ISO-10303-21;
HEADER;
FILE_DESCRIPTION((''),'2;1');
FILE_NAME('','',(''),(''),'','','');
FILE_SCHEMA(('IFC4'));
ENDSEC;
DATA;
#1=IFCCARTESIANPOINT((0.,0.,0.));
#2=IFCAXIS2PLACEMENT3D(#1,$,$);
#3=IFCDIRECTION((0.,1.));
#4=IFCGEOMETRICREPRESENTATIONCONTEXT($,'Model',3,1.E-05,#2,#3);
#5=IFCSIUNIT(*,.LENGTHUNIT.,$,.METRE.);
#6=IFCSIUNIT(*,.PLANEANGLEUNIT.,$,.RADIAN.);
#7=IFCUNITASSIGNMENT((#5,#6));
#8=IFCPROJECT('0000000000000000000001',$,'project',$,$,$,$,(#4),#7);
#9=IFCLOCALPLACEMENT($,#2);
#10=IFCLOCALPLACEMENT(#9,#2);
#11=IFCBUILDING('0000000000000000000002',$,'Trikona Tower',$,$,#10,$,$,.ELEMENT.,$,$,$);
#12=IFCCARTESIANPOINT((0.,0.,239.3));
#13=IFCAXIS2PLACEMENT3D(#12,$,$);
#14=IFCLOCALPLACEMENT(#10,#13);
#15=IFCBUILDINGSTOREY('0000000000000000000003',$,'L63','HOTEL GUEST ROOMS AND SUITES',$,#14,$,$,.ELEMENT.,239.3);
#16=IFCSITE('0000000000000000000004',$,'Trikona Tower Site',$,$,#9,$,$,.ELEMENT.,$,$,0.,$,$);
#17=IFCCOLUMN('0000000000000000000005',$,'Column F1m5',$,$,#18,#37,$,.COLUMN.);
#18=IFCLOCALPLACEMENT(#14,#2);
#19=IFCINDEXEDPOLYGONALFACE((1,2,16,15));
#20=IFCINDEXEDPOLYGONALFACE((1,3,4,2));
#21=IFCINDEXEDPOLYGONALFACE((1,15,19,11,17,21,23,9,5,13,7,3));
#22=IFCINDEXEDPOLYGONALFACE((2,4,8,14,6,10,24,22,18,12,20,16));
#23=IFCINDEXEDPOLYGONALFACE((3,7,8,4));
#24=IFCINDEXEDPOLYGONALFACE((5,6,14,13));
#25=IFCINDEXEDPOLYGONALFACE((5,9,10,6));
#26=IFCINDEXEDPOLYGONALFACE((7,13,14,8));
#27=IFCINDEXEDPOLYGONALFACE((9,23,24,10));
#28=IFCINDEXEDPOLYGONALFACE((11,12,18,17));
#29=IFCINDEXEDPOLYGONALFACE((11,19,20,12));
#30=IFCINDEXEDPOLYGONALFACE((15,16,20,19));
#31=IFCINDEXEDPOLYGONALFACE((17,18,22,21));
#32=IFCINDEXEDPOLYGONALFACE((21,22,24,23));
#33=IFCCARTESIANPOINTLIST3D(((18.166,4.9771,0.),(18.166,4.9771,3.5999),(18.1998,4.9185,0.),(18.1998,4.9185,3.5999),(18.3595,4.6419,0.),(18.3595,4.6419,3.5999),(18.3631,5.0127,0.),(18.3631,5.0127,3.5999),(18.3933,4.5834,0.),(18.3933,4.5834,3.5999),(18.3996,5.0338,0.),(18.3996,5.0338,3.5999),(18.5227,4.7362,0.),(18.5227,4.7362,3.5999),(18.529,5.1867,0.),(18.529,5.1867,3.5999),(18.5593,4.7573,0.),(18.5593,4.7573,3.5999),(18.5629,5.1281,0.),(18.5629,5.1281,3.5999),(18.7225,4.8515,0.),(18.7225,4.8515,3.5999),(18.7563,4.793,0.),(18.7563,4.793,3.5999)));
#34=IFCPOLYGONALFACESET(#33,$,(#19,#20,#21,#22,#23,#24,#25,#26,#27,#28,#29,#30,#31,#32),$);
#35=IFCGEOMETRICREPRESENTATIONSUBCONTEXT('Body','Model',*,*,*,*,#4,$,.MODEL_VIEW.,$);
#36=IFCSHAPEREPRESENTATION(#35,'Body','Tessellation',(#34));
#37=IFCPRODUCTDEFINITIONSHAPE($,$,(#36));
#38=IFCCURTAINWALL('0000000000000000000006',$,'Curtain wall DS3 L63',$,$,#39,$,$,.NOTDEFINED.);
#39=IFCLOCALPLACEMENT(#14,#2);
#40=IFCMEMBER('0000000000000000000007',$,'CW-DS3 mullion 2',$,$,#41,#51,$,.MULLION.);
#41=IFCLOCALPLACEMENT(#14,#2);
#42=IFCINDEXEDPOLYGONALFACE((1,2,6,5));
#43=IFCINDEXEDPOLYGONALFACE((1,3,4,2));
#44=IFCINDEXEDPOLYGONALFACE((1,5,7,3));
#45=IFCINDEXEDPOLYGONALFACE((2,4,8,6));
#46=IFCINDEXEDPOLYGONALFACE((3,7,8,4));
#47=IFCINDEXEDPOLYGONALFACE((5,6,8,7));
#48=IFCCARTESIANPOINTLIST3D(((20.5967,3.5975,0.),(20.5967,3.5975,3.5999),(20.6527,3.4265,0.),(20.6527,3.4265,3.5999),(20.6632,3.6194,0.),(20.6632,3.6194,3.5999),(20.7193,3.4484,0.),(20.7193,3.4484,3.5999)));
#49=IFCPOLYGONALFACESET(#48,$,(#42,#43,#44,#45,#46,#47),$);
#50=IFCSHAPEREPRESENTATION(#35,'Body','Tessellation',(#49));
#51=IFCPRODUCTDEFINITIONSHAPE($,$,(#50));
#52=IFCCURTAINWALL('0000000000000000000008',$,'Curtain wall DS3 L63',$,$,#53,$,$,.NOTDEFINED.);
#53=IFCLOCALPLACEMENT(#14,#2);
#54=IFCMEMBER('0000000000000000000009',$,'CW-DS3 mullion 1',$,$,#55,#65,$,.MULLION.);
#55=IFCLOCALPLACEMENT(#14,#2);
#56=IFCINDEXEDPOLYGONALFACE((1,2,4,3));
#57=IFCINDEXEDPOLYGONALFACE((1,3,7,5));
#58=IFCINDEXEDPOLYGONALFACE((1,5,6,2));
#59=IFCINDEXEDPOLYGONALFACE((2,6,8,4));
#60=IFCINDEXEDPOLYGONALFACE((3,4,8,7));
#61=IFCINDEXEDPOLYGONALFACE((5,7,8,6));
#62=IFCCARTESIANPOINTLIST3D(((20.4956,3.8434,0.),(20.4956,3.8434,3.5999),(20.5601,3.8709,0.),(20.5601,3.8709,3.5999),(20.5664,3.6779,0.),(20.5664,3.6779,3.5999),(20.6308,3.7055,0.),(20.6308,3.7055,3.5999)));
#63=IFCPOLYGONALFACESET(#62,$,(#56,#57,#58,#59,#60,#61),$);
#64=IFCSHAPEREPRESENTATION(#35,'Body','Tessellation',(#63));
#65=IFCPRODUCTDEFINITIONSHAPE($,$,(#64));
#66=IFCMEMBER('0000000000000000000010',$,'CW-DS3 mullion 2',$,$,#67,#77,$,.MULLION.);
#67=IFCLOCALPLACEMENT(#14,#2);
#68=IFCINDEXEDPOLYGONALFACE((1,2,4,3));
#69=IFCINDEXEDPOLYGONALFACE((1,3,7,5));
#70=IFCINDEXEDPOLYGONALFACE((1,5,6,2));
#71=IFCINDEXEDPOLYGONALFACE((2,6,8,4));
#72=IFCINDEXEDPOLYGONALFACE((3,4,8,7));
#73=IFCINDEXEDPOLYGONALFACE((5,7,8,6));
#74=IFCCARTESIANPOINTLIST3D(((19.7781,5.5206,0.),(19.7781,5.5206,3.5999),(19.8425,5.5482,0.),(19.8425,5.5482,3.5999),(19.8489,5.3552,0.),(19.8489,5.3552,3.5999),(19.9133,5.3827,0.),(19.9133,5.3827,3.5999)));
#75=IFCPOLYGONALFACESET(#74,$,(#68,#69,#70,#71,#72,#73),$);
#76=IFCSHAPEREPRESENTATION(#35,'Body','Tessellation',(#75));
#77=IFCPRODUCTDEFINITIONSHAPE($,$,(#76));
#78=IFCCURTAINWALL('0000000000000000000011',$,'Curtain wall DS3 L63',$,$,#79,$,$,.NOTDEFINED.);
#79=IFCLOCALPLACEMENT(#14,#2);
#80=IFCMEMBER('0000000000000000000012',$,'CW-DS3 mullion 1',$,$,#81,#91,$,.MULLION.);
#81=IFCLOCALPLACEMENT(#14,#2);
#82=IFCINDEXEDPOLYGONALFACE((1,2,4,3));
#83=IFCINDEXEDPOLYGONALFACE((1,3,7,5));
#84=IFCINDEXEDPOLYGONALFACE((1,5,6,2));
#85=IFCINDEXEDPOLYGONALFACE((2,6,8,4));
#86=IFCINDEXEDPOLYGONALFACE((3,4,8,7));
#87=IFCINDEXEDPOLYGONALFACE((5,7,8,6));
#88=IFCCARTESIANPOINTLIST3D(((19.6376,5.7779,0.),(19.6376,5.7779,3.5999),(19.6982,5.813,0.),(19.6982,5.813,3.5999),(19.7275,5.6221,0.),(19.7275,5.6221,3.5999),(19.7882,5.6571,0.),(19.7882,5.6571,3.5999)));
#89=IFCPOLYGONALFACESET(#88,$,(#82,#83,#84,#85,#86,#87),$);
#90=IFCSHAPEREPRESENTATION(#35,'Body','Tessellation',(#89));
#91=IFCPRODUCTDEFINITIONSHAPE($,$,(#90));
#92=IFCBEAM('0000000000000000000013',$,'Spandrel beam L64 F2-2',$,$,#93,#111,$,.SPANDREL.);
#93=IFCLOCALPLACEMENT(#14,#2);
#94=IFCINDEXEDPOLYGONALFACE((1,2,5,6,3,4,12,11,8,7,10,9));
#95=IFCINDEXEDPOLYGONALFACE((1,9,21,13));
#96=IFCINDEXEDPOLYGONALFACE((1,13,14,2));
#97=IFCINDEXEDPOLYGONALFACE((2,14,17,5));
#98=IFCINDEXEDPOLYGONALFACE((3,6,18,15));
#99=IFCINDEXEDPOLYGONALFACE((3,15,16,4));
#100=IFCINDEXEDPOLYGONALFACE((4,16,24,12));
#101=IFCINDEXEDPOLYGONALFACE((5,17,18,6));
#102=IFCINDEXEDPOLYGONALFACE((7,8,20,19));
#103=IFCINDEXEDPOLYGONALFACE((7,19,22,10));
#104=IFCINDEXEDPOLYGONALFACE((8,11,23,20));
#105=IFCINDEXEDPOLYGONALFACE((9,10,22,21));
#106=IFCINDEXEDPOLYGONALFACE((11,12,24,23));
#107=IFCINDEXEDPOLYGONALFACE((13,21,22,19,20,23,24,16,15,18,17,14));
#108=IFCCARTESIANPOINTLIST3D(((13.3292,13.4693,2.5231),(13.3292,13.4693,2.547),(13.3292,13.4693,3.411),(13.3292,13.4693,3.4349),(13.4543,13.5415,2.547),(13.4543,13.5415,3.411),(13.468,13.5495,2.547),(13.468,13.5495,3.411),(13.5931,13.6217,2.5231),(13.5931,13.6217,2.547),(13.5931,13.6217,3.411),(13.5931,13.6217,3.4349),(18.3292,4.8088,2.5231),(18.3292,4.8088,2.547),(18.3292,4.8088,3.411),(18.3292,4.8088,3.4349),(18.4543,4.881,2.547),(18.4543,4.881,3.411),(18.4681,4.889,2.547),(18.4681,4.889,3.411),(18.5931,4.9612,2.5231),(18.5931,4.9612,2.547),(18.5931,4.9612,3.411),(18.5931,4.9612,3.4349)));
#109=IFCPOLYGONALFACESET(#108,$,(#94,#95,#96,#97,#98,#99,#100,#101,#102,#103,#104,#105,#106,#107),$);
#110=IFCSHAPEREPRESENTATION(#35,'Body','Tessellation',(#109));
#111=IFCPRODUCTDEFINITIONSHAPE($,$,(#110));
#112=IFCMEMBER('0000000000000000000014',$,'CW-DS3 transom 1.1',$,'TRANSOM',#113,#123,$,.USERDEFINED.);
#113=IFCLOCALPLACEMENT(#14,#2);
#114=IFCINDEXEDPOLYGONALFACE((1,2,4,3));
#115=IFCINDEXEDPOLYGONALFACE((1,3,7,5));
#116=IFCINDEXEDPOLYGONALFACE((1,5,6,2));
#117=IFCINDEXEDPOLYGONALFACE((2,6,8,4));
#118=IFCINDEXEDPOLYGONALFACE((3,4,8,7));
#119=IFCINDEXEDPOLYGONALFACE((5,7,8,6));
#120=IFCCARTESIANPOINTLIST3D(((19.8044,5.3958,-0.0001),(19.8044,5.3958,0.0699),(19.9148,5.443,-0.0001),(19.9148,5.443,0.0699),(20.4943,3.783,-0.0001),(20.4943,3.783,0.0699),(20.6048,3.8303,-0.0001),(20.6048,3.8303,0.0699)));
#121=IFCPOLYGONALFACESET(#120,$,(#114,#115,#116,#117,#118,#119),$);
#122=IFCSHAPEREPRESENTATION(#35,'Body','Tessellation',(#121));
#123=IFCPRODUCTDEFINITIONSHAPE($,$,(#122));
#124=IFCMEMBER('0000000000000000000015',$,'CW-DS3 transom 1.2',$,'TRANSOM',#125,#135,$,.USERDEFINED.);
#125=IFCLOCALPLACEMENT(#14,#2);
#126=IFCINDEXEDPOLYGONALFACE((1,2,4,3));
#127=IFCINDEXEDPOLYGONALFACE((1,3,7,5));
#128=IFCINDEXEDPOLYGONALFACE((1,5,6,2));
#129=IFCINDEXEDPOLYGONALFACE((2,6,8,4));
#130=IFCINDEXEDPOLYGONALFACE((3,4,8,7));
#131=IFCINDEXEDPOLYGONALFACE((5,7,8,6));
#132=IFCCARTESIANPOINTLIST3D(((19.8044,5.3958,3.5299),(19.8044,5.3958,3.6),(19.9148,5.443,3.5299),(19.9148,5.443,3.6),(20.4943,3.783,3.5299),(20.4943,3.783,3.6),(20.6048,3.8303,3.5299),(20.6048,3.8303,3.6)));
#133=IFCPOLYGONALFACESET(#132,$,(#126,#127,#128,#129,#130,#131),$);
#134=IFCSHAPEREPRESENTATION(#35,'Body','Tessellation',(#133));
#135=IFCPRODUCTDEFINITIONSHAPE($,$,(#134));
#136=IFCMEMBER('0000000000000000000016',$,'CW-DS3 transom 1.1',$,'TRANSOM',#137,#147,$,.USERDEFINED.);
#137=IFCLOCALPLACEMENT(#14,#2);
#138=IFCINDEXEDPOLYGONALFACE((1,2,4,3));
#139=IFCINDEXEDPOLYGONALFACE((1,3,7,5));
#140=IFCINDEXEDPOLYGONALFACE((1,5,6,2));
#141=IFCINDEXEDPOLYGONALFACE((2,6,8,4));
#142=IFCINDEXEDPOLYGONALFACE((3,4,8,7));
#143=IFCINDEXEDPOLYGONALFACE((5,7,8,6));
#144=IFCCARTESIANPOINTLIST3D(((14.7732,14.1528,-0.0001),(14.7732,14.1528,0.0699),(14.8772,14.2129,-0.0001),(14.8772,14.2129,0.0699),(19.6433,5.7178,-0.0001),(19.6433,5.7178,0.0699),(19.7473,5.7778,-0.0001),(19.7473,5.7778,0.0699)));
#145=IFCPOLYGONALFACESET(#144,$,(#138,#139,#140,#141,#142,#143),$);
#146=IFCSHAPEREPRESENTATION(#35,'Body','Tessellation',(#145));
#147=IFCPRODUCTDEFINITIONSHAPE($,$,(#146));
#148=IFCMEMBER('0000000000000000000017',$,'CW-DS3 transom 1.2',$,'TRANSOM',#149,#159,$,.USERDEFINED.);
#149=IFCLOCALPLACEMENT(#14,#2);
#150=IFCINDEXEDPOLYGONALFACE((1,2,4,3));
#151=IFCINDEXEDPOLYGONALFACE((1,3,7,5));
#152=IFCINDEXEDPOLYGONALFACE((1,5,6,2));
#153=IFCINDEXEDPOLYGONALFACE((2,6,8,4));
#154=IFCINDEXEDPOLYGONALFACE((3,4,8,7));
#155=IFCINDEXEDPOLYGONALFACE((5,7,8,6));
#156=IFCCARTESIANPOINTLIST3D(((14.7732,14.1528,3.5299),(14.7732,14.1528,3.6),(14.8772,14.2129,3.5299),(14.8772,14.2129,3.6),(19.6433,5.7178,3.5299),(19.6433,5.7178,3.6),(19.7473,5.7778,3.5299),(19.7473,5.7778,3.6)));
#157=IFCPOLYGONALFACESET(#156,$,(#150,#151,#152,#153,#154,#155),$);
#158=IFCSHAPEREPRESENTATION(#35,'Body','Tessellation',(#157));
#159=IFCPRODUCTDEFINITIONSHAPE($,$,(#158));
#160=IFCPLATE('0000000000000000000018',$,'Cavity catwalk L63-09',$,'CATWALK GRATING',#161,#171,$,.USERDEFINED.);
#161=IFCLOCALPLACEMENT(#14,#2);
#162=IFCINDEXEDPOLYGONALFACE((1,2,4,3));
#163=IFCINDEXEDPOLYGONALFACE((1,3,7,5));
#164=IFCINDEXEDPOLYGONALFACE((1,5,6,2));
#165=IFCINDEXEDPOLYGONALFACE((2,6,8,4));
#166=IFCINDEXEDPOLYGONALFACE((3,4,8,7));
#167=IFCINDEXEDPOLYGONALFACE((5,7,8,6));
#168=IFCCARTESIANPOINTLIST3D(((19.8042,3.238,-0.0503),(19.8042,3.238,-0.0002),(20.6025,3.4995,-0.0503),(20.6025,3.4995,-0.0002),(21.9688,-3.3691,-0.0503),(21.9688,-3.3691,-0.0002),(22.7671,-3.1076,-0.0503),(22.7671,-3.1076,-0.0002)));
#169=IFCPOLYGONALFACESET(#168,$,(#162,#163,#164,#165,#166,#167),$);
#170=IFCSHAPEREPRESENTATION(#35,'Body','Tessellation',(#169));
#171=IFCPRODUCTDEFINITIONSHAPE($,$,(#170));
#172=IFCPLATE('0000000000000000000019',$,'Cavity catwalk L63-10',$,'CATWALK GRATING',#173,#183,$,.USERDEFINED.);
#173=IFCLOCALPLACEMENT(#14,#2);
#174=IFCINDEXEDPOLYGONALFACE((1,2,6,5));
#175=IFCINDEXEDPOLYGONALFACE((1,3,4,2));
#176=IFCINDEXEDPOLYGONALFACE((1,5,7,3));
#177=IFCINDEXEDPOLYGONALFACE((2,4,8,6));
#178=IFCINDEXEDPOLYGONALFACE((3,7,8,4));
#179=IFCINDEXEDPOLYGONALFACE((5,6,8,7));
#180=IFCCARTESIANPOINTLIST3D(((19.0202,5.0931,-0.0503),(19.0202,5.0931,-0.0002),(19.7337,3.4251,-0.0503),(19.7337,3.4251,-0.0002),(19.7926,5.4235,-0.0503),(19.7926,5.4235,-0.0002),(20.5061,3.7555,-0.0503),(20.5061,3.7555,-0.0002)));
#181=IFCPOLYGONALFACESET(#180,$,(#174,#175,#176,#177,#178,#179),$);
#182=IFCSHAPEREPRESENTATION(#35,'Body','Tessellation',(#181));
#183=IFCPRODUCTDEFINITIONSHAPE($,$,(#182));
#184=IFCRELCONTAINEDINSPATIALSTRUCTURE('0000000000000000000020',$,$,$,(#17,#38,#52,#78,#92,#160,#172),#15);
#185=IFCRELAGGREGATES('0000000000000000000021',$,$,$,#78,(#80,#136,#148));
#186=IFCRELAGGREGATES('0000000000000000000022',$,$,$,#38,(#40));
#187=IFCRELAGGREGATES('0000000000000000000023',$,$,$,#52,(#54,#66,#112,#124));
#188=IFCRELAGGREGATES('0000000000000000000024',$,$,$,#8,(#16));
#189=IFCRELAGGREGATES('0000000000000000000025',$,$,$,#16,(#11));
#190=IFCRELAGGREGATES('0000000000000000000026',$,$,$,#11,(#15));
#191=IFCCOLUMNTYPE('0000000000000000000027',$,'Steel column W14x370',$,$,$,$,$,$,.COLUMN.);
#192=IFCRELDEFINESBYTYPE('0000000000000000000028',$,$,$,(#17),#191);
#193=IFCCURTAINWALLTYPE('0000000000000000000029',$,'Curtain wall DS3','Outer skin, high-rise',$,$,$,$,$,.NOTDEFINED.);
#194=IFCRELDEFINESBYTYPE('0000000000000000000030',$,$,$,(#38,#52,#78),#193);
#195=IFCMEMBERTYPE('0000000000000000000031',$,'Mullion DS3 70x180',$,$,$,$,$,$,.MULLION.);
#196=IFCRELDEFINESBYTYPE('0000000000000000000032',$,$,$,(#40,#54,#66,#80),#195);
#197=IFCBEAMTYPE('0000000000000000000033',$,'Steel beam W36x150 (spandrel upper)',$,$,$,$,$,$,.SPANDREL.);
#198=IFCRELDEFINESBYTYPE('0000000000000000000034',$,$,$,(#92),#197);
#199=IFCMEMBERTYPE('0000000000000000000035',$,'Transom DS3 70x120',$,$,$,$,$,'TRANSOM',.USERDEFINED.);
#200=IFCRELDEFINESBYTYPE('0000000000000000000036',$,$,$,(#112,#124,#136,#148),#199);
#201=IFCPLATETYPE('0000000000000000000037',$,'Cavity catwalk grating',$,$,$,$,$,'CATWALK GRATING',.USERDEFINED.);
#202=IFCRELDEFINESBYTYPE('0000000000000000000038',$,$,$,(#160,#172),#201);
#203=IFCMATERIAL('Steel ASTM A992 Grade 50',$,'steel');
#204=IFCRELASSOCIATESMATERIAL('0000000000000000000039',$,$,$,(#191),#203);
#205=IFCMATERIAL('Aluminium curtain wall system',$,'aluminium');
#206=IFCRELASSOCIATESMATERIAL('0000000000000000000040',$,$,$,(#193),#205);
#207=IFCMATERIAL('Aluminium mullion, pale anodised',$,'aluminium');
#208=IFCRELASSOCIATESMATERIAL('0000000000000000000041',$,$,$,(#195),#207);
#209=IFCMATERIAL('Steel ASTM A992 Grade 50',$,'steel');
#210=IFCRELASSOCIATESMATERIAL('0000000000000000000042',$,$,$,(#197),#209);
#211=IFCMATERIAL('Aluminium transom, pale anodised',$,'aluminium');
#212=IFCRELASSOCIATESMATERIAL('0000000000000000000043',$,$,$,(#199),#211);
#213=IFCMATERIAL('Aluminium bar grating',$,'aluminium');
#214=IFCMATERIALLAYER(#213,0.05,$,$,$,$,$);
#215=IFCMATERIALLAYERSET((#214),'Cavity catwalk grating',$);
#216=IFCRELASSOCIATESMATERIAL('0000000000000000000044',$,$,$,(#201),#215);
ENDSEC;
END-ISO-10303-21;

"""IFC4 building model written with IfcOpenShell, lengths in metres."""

from ifc_helpers import new_model, si_unit, direction, frame, origin, origin_2d, place, context, subcontext, project, spatial, rectangle, i_section, extrude, material, layer, layer_set, material_profile, profile_set, type_object, element, aggregate, save


model = new_model("IFC4")

# Units and contexts
model_context = context("Model", 3, precision=1e-05, world=origin(), true_north=direction((0.0, 1.0)))
body_context = subcontext(model_context, "Body", "Model", "MODEL_VIEW")
ifc_project = project(units=[si_unit("LENGTHUNIT", "METRE"), si_unit("PLANEANGLEUNIT", "RADIAN")], contexts=[model_context])

# Site, building, storey
site_placement = place(None, origin())
site = spatial("IfcSite", under=ifc_project, at=site_placement, Name="Trikona Tower Site", CompositionType="ELEMENT", RefElevation=0.0)
building_placement = place(site_placement, origin())
building = spatial("IfcBuilding", under=site, at=building_placement, Name="Trikona Tower", CompositionType="ELEMENT")
storey_placement = place(building_placement, frame((0.0, 0.0, 239.3)))
storey = spatial("IfcBuildingStorey", under=building, at=storey_placement, Name="L63", Description="HOTEL GUEST ROOMS AND SUITES", CompositionType="ELEMENT", Elevation=239.3)

# Column
ifc_material_1 = material(Name="Steel ASTM A992 Grade 50", Category="steel")
ifc_material_profile_1 = material_profile(ifc_material_1, i_section(OverallWidth=0.4192, OverallDepth=0.4546, WebThickness=0.0422, FlangeThickness=0.0676, at=origin_2d()), Name="W14X370")
ifc_profile_set_1 = profile_set([ifc_material_profile_1], Name="Steel ASTM A992 Grade 50")
column_type = type_object("IfcColumnType", Name="Steel column W14x370", PredefinedType="COLUMN", material=ifc_profile_set_1)
column_placement = place(storey_placement, frame((18.4612, 4.885, 0.0), z_axis=(0.0, 0.0, 1.0), x_axis=(0.866025, 0.5, 0.0)))
element("IfcColumn", 1, at=column_placement, inside=storey, type_object=column_type, Name="Column F1m5", PredefinedType="COLUMN", context=body_context, shape_type="SweptSolid", body=[
    extrude(i_section(OverallWidth=0.4192, OverallDepth=0.4546, WebThickness=0.0422, FlangeThickness=0.0676, at=origin_2d()), origin(), (0.0, 0.0, 1.0), 3.5999),
])

# Curtain wall, member
ifc_material_2 = material(Name="Aluminium curtain wall system", Category="aluminium")
curtain_wall_type = type_object("IfcCurtainWallType", Name="Curtain wall DS3", Description="Outer skin, high-rise", PredefinedType="NOTDEFINED", material=ifc_material_2)
curtain_wall_1_placement = place(storey_placement, origin())
curtain_wall_1 = element("IfcCurtainWall", 2, at=curtain_wall_1_placement, inside=storey, type_object=curtain_wall_type, Name="Curtain wall DS3 L63", PredefinedType="NOTDEFINED")
ifc_material_3 = material(Name="Aluminium mullion, pale anodised", Category="aluminium")
ifc_material_profile_2 = material_profile(ifc_material_3, rectangle(XDim=0.0701, YDim=0.1799, at=origin_2d()), Name="MUL-DS3")
ifc_profile_set_2 = profile_set([ifc_material_profile_2], Name="Aluminium mullion, pale anodised")
member_type_1 = type_object("IfcMemberType", Name="Mullion DS3 70x180", PredefinedType="MULLION", material=ifc_profile_set_2)
member_1_placement = place(storey_placement, frame((20.658, 3.5229, 0.0), z_axis=(0.0, 0.0, 1.0), x_axis=(-0.950297, -0.311344, 0.0)))
member_1 = element("IfcMember", 3, at=member_1_placement, type_object=member_type_1, Name="CW-DS3 mullion 2", PredefinedType="MULLION", context=body_context, shape_type="SweptSolid", body=[
    extrude(rectangle(XDim=0.0701, YDim=0.1799, at=origin_2d()), origin(), (0.0, 0.0, 1.0), 3.5999),
])

# Curtain wall, members
curtain_wall_2_placement = place(storey_placement, origin())
curtain_wall_2 = element("IfcCurtainWall", 4, at=curtain_wall_2_placement, inside=storey, type_object=curtain_wall_type, Name="Curtain wall DS3 L63", PredefinedType="NOTDEFINED")
member_2_placement = place(storey_placement, frame((20.5632, 3.7744, 0.0), z_axis=(0.0, 0.0, 1.0), x_axis=(-0.919421, -0.393276, 0.0)))
member_2 = element("IfcMember", 5, at=member_2_placement, type_object=member_type_1, Name="CW-DS3 mullion 1", PredefinedType="MULLION", context=body_context, shape_type="SweptSolid", body=[
    extrude(rectangle(XDim=0.0701, YDim=0.1799, at=origin_2d()), origin(), (0.0, 0.0, 1.0), 3.5999),
])
member_3_placement = place(storey_placement, frame((19.8457, 5.4517, 0.0), z_axis=(0.0, 0.0, 1.0), x_axis=(-0.919421, -0.393276, 0.0)))
member_3 = element("IfcMember", 6, at=member_3_placement, type_object=member_type_1, Name="CW-DS3 mullion 2", PredefinedType="MULLION", context=body_context, shape_type="SweptSolid", body=[
    extrude(rectangle(XDim=0.0701, YDim=0.1799, at=origin_2d()), origin(), (0.0, 0.0, 1.0), 3.5999),
])

# Curtain wall, member
curtain_wall_3_placement = place(storey_placement, origin())
curtain_wall_3 = element("IfcCurtainWall", 7, at=curtain_wall_3_placement, inside=storey, type_object=curtain_wall_type, Name="Curtain wall DS3 L63", PredefinedType="NOTDEFINED")
member_4_placement = place(storey_placement, frame((19.7129, 5.7175, 0.0), z_axis=(0.0, 0.0, 1.0), x_axis=(-0.866025, -0.500001, 0.0)))
member_4 = element("IfcMember", 8, at=member_4_placement, type_object=member_type_1, Name="CW-DS3 mullion 1", PredefinedType="MULLION", context=body_context, shape_type="SweptSolid", body=[
    extrude(rectangle(XDim=0.0701, YDim=0.1799, at=origin_2d()), origin(), (0.0, 0.0, 1.0), 3.5999),
])

# Beam
ifc_material_4 = material(Name="Steel ASTM A992 Grade 50", Category="steel")
ifc_material_profile_3 = material_profile(ifc_material_4, i_section(OverallWidth=0.3047, OverallDepth=0.9119, WebThickness=0.0159, FlangeThickness=0.0239, at=origin_2d()), Name="W36X150")
ifc_profile_set_3 = profile_set([ifc_material_profile_3], Name="Steel ASTM A992 Grade 50")
beam_type = type_object("IfcBeamType", Name="Steel beam W36x150 (spandrel upper)", PredefinedType="SPANDREL", material=ifc_profile_set_3)
beam_placement = place(storey_placement, frame((18.4612, 4.885, 2.979), z_axis=(-0.499994, 0.866029, 0.0), x_axis=(-0.866029, -0.499994, 0.0)))
element("IfcBeam", 9, at=beam_placement, inside=storey, type_object=beam_type, Name="Spandrel beam L64 F2-2", PredefinedType="SPANDREL", context=body_context, shape_type="SweptSolid", body=[
    extrude(i_section(OverallWidth=0.3047, OverallDepth=0.9119, WebThickness=0.0159, FlangeThickness=0.0239, at=origin_2d()), origin(), (0.0, 0.0, 1.0), 10.0002),
])

# Members
ifc_material_5 = material(Name="Aluminium transom, pale anodised", Category="aluminium")
ifc_material_profile_4 = material_profile(ifc_material_5, rectangle(XDim=0.1201, YDim=0.0701, at=origin_2d()), Name="TRN-DS3")
ifc_profile_set_4 = profile_set([ifc_material_profile_4], Name="Aluminium transom, pale anodised")
member_type_2 = type_object("IfcMemberType", Name="Transom DS3 70x120", ElementType="TRANSOM", PredefinedType="USERDEFINED", material=ifc_profile_set_4)
member_5_placement = place(storey_placement, frame((20.5496, 3.8066, 0.0349), z_axis=(-0.393315, 0.919404, 0.0), x_axis=(-0.919404, -0.393315, 0.0)))
member_5 = element("IfcMember", 10, at=member_5_placement, type_object=member_type_2, Name="CW-DS3 transom 1.1", ObjectType="TRANSOM", PredefinedType="USERDEFINED", context=body_context, shape_type="SweptSolid", body=[
    extrude(rectangle(XDim=0.1201, YDim=0.0701, at=origin_2d()), origin(), (0.0, 0.0, 1.0), 1.7542),
])
member_6_placement = place(storey_placement, frame((20.5496, 3.8066, 3.5649), z_axis=(-0.393315, 0.919404, 0.0), x_axis=(-0.919404, -0.393315, 0.0)))
member_6 = element("IfcMember", 11, at=member_6_placement, type_object=member_type_2, Name="CW-DS3 transom 1.2", ObjectType="TRANSOM", PredefinedType="USERDEFINED", context=body_context, shape_type="SweptSolid", body=[
    extrude(rectangle(XDim=0.1201, YDim=0.0701, at=origin_2d()), origin(), (0.0, 0.0, 1.0), 1.7542),
])
member_7_placement = place(storey_placement, frame((19.6953, 5.7478, 0.0349), z_axis=(-0.50001, 0.866019, 0.0), x_axis=(-0.866019, -0.50001, 0.0)))
member_7 = element("IfcMember", 12, at=member_7_placement, type_object=member_type_2, Name="CW-DS3 transom 1.1", ObjectType="TRANSOM", PredefinedType="USERDEFINED", context=body_context, shape_type="SweptSolid", body=[
    extrude(rectangle(XDim=0.1201, YDim=0.0701, at=origin_2d()), origin(), (0.0, 0.0, 1.0), 9.74),
])
member_8_placement = place(storey_placement, frame((19.6953, 5.7478, 3.5649), z_axis=(-0.50001, 0.866019, 0.0), x_axis=(-0.866019, -0.50001, 0.0)))
member_8 = element("IfcMember", 13, at=member_8_placement, type_object=member_type_2, Name="CW-DS3 transom 1.2", ObjectType="TRANSOM", PredefinedType="USERDEFINED", context=body_context, shape_type="SweptSolid", body=[
    extrude(rectangle(XDim=0.1201, YDim=0.0701, at=origin_2d()), origin(), (0.0, 0.0, 1.0), 9.74),
])
aggregate(curtain_wall_3, [member_4, member_7, member_8])

# Plates
ifc_material_6 = material(Name="Aluminium bar grating", Category="aluminium")
ifc_layer_1 = layer(ifc_material_6, 0.05)
ifc_layer_set_1 = layer_set([ifc_layer_1], Name="Cavity catwalk grating")
plate_type_1 = type_object("IfcPlateType", Name="Cavity catwalk grating", ElementType="CATWALK GRATING", PredefinedType="USERDEFINED", material=ifc_layer_set_1)
plate_1_placement = place(storey_placement, frame((21.2856, 0.0652, -0.0503), z_axis=(0.0, 0.0, 1.0), x_axis=(-0.311337, 0.9503, 0.0)))
element("IfcPlate", 14, at=plate_1_placement, inside=storey, type_object=plate_type_1, Name="Cavity catwalk L63-09", ObjectType="CATWALK GRATING", PredefinedType="USERDEFINED", context=body_context, shape_type="SweptSolid", body=[
    extrude(rectangle(XDim=6.9526, YDim=0.8401, at=origin_2d()), origin(), (0.0, 0.0, 1.0), 0.05),
])
plate_2_placement = place(storey_placement, frame((19.7632, 4.4243, -0.0503), z_axis=(0.0, 0.0, 1.0), x_axis=(-0.393284, 0.919417, 0.0)))
element("IfcPlate", 15, at=plate_2_placement, inside=storey, type_object=plate_type_1, Name="Cavity catwalk L63-10", ObjectType="CATWALK GRATING", PredefinedType="USERDEFINED", context=body_context, shape_type="SweptSolid", body=[
    extrude(rectangle(XDim=1.8142, YDim=0.8401, at=origin_2d()), origin(), (0.0, 0.0, 1.0), 0.05),
])

aggregate(curtain_wall_1, [member_1])
aggregate(curtain_wall_2, [member_2, member_3, member_5, member_6])

save(model, "model.ifc")
